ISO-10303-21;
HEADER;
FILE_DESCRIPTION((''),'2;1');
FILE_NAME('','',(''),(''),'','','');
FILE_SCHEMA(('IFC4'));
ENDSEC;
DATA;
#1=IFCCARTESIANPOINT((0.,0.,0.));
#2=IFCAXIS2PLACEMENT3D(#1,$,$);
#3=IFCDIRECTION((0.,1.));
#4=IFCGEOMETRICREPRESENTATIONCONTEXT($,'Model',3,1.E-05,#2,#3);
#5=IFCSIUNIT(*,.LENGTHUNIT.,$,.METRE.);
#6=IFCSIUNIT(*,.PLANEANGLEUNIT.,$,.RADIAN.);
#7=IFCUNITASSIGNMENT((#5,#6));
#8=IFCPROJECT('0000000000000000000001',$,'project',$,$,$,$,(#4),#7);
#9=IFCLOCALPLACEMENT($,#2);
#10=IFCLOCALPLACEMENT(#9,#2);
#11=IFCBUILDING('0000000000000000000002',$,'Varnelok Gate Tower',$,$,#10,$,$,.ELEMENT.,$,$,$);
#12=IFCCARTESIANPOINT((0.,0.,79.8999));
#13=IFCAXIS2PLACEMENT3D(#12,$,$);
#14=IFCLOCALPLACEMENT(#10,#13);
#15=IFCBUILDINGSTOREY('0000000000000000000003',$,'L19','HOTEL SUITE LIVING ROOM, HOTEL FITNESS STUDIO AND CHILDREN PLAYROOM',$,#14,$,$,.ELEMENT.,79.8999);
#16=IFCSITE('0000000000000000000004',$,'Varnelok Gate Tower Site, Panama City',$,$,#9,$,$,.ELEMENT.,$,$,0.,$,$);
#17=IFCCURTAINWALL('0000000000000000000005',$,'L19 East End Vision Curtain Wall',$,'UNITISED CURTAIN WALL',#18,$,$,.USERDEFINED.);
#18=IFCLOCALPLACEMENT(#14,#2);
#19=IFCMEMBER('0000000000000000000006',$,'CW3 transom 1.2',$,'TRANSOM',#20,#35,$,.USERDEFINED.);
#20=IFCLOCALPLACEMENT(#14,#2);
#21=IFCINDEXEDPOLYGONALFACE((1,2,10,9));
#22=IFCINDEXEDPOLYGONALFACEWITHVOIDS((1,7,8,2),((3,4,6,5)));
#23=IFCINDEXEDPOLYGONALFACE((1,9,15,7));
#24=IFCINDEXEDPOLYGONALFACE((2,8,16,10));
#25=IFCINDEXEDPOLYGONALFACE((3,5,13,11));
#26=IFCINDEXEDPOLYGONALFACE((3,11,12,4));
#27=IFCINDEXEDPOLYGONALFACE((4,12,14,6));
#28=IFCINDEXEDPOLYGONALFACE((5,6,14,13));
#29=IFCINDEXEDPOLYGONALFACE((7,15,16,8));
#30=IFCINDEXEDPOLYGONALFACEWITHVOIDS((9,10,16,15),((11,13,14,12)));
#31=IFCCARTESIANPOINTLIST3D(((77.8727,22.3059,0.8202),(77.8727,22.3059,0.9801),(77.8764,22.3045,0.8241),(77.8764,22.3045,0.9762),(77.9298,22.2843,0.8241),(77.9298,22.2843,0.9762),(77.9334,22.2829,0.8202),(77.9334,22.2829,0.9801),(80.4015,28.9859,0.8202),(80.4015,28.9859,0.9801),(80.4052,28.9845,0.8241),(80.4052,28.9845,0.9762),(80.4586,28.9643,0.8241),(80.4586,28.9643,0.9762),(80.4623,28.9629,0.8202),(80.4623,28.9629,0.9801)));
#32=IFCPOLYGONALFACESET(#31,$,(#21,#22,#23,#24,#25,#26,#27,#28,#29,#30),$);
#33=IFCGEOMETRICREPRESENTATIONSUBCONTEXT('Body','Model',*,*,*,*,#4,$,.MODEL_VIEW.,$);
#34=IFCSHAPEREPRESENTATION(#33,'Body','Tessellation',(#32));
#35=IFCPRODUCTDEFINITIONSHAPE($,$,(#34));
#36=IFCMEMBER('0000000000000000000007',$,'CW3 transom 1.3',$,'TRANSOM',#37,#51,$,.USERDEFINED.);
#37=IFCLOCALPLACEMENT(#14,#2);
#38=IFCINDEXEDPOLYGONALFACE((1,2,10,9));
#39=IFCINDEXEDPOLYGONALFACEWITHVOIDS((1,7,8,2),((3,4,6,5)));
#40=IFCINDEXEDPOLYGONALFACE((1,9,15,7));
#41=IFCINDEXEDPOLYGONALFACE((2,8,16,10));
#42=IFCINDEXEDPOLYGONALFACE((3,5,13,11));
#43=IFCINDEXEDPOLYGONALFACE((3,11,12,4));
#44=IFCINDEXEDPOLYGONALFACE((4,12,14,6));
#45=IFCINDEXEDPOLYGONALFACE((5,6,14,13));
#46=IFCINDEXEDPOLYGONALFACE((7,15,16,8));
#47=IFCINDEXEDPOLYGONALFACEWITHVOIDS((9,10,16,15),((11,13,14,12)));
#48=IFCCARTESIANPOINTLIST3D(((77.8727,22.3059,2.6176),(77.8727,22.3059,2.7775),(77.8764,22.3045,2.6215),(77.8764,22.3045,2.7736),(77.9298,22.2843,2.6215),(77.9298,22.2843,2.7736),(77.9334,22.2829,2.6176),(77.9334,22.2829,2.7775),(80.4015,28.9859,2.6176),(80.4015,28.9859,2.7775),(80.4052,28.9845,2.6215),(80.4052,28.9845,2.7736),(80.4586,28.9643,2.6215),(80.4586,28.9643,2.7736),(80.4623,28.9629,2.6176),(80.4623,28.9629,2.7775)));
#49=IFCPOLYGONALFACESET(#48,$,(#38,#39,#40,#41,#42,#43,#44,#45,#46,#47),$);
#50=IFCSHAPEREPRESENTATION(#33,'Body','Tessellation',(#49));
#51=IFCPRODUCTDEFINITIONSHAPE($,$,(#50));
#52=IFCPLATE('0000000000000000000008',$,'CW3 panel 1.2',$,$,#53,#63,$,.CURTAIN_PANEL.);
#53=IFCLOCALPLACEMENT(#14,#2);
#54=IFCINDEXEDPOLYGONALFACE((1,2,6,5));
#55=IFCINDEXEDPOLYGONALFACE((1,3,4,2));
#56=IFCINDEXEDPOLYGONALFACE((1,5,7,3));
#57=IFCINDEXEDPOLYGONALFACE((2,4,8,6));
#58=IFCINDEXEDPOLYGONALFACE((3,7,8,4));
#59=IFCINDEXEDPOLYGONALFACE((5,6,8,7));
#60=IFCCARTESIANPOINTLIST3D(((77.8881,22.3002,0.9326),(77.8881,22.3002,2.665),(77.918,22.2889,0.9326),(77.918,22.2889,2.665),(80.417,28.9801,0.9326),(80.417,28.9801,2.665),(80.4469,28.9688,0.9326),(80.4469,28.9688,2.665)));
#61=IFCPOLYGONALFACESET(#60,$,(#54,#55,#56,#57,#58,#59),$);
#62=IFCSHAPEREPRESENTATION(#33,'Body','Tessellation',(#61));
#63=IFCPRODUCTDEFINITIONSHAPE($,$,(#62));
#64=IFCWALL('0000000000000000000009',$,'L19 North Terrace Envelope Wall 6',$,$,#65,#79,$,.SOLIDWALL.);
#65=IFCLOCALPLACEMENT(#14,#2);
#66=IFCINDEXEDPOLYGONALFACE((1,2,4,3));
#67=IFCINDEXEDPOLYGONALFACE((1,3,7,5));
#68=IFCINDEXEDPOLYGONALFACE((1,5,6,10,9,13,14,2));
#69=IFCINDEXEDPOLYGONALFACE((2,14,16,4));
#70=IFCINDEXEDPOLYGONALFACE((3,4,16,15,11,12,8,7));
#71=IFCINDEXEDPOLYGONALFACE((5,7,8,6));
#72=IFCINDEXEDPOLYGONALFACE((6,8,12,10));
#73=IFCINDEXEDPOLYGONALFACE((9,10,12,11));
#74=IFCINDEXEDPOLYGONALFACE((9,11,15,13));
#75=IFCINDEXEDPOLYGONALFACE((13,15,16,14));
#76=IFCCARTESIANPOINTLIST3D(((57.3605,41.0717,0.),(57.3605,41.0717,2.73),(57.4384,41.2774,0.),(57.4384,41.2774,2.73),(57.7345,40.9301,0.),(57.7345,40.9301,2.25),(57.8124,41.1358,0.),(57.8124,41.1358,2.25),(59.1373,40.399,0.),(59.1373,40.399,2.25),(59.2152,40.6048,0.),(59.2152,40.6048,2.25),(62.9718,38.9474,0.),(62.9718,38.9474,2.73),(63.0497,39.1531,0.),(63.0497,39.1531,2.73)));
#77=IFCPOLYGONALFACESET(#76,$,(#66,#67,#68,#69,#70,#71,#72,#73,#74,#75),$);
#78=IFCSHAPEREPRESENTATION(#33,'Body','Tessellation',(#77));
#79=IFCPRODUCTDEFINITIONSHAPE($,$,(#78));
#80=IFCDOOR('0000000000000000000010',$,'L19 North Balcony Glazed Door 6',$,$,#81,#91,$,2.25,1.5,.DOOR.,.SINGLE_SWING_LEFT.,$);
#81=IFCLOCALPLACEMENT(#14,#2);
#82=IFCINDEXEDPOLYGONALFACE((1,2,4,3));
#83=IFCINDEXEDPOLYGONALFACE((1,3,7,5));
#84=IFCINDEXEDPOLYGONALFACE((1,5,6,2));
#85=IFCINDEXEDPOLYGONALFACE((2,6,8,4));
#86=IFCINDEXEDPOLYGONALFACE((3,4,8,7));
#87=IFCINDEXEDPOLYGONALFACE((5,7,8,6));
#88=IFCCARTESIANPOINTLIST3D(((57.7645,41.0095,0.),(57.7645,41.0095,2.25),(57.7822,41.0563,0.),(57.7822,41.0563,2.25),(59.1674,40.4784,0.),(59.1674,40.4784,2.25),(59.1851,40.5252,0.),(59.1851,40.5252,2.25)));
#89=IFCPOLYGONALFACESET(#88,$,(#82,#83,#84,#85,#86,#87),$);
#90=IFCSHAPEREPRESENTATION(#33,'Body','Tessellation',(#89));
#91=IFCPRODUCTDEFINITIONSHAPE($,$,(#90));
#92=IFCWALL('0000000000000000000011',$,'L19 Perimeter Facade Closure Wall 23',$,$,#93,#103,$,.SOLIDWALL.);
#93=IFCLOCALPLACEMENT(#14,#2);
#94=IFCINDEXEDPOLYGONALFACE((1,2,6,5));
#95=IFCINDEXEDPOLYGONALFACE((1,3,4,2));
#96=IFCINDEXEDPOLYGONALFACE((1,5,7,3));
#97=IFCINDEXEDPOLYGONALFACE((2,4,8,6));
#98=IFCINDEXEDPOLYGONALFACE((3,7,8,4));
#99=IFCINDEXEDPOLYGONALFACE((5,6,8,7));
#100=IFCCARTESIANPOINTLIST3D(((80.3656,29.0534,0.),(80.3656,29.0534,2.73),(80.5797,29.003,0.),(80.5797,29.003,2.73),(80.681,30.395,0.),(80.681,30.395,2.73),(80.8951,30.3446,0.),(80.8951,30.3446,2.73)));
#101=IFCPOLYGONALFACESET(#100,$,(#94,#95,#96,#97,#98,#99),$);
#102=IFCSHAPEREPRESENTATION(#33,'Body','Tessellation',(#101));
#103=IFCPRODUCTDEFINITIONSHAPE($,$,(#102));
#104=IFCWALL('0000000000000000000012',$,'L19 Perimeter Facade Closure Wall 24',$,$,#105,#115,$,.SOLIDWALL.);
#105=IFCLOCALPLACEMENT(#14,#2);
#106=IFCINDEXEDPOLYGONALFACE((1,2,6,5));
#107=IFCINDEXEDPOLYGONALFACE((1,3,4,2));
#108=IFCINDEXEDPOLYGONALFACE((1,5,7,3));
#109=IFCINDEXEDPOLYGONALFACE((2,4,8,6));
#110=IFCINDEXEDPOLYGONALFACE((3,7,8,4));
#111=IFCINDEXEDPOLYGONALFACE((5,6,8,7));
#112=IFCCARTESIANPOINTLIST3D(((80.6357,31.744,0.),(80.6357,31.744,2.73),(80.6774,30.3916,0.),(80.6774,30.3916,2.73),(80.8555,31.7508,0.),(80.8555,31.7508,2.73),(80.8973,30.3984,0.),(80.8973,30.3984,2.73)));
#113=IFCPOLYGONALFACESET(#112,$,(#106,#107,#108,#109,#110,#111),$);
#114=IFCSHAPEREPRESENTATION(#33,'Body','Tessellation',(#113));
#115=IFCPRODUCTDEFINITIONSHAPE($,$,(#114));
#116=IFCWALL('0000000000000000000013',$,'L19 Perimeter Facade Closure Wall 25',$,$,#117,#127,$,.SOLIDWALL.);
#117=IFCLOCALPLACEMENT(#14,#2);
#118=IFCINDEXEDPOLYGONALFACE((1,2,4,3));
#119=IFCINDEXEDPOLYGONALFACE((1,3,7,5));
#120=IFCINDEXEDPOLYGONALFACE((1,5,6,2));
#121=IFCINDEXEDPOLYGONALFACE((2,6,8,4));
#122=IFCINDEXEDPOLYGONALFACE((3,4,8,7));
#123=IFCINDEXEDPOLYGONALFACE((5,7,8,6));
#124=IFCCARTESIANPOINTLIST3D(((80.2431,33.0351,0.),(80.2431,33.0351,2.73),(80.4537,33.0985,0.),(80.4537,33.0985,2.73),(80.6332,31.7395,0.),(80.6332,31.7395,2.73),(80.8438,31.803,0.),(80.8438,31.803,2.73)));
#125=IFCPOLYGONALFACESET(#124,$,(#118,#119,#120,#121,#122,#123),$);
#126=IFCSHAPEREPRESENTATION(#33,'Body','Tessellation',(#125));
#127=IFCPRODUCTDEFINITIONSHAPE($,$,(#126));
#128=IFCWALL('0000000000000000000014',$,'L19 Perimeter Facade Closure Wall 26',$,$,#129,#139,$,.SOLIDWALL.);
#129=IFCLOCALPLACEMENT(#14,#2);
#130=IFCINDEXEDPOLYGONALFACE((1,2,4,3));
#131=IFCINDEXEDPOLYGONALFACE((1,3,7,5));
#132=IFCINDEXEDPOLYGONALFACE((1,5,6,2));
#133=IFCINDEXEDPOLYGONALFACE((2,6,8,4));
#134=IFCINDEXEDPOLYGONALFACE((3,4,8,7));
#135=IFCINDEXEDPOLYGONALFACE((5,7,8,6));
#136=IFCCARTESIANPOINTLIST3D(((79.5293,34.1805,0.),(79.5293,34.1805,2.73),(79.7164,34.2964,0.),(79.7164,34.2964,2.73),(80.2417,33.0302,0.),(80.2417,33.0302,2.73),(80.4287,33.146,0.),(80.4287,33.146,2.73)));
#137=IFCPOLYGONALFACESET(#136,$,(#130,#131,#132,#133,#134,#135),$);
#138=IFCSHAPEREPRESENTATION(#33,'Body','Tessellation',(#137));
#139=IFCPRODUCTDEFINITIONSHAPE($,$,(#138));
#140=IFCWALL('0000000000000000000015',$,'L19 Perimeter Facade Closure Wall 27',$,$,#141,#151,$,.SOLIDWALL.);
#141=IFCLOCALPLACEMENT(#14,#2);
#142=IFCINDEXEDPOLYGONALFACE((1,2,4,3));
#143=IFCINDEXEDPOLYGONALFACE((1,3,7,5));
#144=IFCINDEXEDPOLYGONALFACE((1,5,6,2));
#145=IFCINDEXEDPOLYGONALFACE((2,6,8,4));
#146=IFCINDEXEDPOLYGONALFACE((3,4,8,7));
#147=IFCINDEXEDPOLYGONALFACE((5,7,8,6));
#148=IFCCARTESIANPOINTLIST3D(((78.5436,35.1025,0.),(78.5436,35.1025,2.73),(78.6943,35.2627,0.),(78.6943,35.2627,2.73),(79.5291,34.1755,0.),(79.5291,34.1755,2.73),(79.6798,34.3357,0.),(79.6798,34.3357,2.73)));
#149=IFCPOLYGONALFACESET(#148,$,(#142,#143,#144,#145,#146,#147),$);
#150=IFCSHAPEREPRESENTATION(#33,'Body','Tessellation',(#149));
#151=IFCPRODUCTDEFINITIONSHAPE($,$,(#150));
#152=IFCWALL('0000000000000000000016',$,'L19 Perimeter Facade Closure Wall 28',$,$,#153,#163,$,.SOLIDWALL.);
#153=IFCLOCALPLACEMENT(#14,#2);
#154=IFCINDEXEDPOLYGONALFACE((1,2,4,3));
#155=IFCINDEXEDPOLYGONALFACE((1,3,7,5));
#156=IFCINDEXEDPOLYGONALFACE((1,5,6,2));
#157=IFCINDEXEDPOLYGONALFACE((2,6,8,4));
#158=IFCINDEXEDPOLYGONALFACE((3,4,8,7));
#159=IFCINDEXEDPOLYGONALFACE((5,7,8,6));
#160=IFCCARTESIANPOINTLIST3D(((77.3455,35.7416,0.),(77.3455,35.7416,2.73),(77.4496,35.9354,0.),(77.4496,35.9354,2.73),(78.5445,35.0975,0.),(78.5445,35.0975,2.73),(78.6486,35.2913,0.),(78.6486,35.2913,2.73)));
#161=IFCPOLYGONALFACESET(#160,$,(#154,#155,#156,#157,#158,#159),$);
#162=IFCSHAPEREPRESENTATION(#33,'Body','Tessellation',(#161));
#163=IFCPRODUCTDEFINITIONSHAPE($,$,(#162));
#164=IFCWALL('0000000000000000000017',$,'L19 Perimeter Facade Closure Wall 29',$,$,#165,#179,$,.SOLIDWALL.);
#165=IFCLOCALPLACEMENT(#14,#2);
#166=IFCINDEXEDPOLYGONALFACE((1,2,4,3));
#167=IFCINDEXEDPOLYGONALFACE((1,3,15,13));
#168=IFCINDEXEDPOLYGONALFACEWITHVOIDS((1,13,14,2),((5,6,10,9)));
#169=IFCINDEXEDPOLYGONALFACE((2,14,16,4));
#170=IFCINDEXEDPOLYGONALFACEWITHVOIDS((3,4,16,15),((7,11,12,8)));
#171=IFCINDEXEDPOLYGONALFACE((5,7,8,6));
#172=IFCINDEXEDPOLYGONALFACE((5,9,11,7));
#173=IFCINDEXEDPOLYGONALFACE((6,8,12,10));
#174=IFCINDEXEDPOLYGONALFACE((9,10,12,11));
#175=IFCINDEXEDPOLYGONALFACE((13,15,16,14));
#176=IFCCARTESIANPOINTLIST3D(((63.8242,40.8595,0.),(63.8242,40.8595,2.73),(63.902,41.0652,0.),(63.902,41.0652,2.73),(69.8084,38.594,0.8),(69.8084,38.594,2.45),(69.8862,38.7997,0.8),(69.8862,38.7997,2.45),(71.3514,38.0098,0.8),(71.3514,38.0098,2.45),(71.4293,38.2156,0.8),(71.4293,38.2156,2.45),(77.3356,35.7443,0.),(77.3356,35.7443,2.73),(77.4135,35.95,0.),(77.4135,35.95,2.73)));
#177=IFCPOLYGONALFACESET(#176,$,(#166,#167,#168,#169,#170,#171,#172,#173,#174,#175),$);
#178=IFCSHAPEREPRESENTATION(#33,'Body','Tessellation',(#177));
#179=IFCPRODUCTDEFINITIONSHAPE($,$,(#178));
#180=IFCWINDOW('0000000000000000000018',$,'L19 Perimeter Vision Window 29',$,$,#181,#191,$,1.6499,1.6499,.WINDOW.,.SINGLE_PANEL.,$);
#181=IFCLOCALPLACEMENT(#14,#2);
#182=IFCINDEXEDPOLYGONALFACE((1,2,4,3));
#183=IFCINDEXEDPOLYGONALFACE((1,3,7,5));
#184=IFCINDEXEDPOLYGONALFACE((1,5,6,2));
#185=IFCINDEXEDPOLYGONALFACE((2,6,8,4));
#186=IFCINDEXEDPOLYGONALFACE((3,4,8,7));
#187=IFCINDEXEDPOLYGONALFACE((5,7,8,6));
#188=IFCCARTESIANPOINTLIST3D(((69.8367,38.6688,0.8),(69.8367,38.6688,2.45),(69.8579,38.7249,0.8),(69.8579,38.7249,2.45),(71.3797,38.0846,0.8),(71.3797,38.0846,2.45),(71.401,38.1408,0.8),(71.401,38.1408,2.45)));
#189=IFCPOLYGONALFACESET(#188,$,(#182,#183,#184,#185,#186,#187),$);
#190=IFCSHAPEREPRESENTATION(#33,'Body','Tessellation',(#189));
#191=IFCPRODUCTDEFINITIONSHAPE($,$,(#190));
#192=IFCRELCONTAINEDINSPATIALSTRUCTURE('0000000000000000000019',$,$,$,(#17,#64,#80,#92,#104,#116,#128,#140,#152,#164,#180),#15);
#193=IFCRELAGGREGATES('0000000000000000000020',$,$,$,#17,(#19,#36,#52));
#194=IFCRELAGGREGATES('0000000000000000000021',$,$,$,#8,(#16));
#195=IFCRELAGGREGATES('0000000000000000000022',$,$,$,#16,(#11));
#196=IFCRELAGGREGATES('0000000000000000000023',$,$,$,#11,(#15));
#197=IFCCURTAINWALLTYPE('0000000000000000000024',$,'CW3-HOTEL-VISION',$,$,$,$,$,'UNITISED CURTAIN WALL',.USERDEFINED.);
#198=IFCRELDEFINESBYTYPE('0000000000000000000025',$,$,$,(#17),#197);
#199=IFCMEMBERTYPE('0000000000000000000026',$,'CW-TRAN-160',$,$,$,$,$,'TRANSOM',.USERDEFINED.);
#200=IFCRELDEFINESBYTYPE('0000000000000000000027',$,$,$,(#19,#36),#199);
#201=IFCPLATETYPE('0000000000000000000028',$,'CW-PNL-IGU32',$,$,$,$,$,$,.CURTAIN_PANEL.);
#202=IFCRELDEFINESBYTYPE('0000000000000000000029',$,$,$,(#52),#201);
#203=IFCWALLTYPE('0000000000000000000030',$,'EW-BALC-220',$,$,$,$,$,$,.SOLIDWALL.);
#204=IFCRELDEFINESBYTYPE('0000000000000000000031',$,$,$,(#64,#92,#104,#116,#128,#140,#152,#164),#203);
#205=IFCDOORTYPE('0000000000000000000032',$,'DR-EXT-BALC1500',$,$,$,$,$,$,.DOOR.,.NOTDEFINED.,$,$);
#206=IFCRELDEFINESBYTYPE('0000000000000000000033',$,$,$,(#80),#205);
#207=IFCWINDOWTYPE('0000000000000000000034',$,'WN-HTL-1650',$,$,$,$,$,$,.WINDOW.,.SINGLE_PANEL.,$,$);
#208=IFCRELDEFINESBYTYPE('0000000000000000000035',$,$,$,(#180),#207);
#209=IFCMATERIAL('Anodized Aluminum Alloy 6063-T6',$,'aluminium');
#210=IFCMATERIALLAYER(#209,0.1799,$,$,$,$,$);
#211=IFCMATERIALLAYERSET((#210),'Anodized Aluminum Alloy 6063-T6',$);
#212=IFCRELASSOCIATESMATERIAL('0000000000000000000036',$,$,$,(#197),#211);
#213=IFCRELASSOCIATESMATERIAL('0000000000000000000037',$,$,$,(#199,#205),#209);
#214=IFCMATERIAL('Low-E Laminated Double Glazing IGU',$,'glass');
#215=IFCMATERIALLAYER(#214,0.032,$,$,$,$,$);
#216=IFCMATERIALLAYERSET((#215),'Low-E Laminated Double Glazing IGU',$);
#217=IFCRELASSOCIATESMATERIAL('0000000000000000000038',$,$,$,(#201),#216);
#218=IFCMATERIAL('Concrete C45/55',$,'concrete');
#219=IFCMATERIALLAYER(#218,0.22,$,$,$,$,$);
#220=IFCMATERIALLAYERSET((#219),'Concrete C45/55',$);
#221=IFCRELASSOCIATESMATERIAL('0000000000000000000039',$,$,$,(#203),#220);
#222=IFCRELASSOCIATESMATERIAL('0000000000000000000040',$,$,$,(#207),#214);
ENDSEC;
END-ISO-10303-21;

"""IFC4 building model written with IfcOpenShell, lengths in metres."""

from ifc_helpers import new_model, si_unit, direction, frame, frame_2d, origin, origin_2d, place, context, subcontext, project, spatial, rectangle, hollow_rectangle, extrude, source, transform, mapped, material, layer, layer_set, material_profile, profile_set, type_object, element, fill, aggregate, save


model = new_model("IFC4")

# Units and contexts
model_context = context("Model", 3, precision=1e-05, world=origin(), true_north=direction((0.0, 1.0)))
body_context = subcontext(model_context, "Body", "Model", "MODEL_VIEW")
ifc_project = project(units=[si_unit("LENGTHUNIT", "METRE"), si_unit("PLANEANGLEUNIT", "RADIAN")], contexts=[model_context])

# Site, building, storey
site_placement = place(None, origin())
site = spatial("IfcSite", under=ifc_project, at=site_placement, Name="Varnelok Gate Tower Site, Panama City", CompositionType="ELEMENT", RefElevation=0.0)
building_placement = place(site_placement, origin())
building = spatial("IfcBuilding", under=site, at=building_placement, Name="Varnelok Gate Tower", CompositionType="ELEMENT")
storey_placement = place(building_placement, frame((0.0, 0.0, 79.8999)))
storey = spatial("IfcBuildingStorey", under=building, at=storey_placement, Name="L19", Description="HOTEL SUITE LIVING ROOM, HOTEL FITNESS STUDIO AND CHILDREN PLAYROOM", CompositionType="ELEMENT", Elevation=79.8999)

# Curtain wall, members, plate
ifc_material_1 = material(Name="Anodized Aluminum Alloy 6063-T6", Category="aluminium")
ifc_layer_1 = layer(ifc_material_1, 0.1799)
ifc_layer_set_1 = layer_set([ifc_layer_1], Name="Anodized Aluminum Alloy 6063-T6")
curtain_wall_type = type_object("IfcCurtainWallType", Name="CW3-HOTEL-VISION", ElementType="UNITISED CURTAIN WALL", PredefinedType="USERDEFINED", material=ifc_layer_set_1)
curtain_wall_placement = place(storey_placement, origin())
curtain_wall = element("IfcCurtainWall", 1, at=curtain_wall_placement, inside=storey, type_object=curtain_wall_type, Name="L19 East End Vision Curtain Wall", ObjectType="UNITISED CURTAIN WALL", PredefinedType="USERDEFINED")
ifc_material_profile_1 = material_profile(ifc_material_1, hollow_rectangle(XDim=0.0649, YDim=0.1599, WallThickness=0.0039, at=origin_2d()), Name="ALU160X65X4")
ifc_profile_set_1 = profile_set([ifc_material_profile_1], Name="Anodized Aluminum Alloy 6063-T6")
member_type_1 = type_object("IfcMemberType", Name="CW-TRAN-160", ElementType="TRANSOM", PredefinedType="USERDEFINED", material=ifc_profile_set_1)
member_1_placement = place(storey_placement, frame((80.4319, 28.9744, 0.9001), z_axis=(-0.354047, -0.935228, 0.0), x_axis=(0.935228, -0.354047, 0.0)))
member_1 = element("IfcMember", 2, at=member_1_placement, type_object=member_type_1, Name="CW3 transom 1.2", ObjectType="TRANSOM", PredefinedType="USERDEFINED", context=body_context, shape_type="SweptSolid", body=[
    extrude(hollow_rectangle(XDim=0.0649, YDim=0.1599, WallThickness=0.0039, at=origin_2d()), origin(), (0.0, 0.0, 1.0), 7.1426),
])
member_2_placement = place(storey_placement, frame((80.4319, 28.9744, 2.6975), z_axis=(-0.354047, -0.935228, 0.0), x_axis=(0.935228, -0.354047, 0.0)))
member_2 = element("IfcMember", 3, at=member_2_placement, type_object=member_type_1, Name="CW3 transom 1.3", ObjectType="TRANSOM", PredefinedType="USERDEFINED", context=body_context, shape_type="SweptSolid", body=[
    extrude(hollow_rectangle(XDim=0.0649, YDim=0.1599, WallThickness=0.0039, at=origin_2d()), origin(), (0.0, 0.0, 1.0), 7.1426),
])
ifc_material_2 = material(Name="Low-E Laminated Double Glazing IGU", Category="glass")
ifc_layer_2 = layer(ifc_material_2, 0.032)
ifc_layer_set_2 = layer_set([ifc_layer_2], Name="Low-E Laminated Double Glazing IGU")
plate_type = type_object("IfcPlateType", Name="CW-PNL-IGU32", PredefinedType="CURTAIN_PANEL", material=ifc_layer_set_2)
shared_shape_1 = source(origin(), body_context, "Body", "SweptSolid", [
    extrude(rectangle(XDim=7.1426, YDim=0.032, at=origin_2d()), origin(), (0.0, 0.0, 1.0), 1.7324),
])
plate_placement = place(storey_placement, frame((79.1675, 25.6345, 0.9326), z_axis=(0.0, 0.0, 1.0), x_axis=(-0.354064, -0.935221, 0.0)))
plate = element("IfcPlate", 4, at=plate_placement, type_object=plate_type, Name="CW3 panel 1.2", PredefinedType="CURTAIN_PANEL", context=body_context, shape_type="MappedRepresentation", body=[
    mapped(shared_shape_1, transform((0.0, 0.0, 0.0), scale=1.0)),
])
aggregate(curtain_wall, [member_1, member_2, plate])

# Wall, opening, door
ifc_material_3 = material(Name="Concrete C45/55", Category="concrete")
ifc_layer_3 = layer(ifc_material_3, 0.22)
ifc_layer_set_3 = layer_set([ifc_layer_3], Name="Concrete C45/55")
wall_type = type_object("IfcWallType", Name="EW-BALC-220", PredefinedType="SOLIDWALL", material=ifc_layer_set_3)
wall_1_placement = place(storey_placement, frame((57.3994, 41.1746, 0.0), z_axis=(0.0, 0.0, 1.0), x_axis=(0.935228, -0.354047, 0.0)))
wall_1 = element("IfcWall", 5, at=wall_1_placement, inside=storey, type_object=wall_type, Name="L19 North Terrace Envelope Wall 6", PredefinedType="SOLIDWALL", context=body_context, shape_type="SweptSolid", body=[
    extrude(rectangle(XDim=6.0, YDim=0.22, at=frame_2d((3.0, 0.0))), origin(), (0.0, 0.0, 1.0), 2.73),
])
opening_1_placement = place(wall_1_placement, frame((0.3999, 0.0, 0.0)))
opening_1 = element("IfcOpeningElement", 6, at=opening_1_placement, cuts=wall_1, PredefinedType="OPENING", context=body_context, shape_type="SweptSolid", body=[
    extrude(rectangle(XDim=1.5, YDim=2.25, at=frame_2d((0.75, 1.125))), frame((0.0, 0.1199, 0.0), z_axis=(0.0, -1.0, 0.0), x_axis=(1.0, 0.0, 0.0)), (0.0, 0.0, 1.0), 0.24),
])
door_type = type_object("IfcDoorType", Name="DR-EXT-BALC1500", OperationType="NOTDEFINED", PredefinedType="DOOR", material=ifc_material_1)
door_placement = place(opening_1_placement, origin())
door = element("IfcDoor", 7, at=door_placement, inside=storey, type_object=door_type, Name="L19 North Balcony Glazed Door 6", OperationType="SINGLE_SWING_LEFT", OverallHeight=2.25, OverallWidth=1.5, PredefinedType="DOOR", context=body_context, shape_type="SweptSolid", body=[
    extrude(rectangle(XDim=1.5, YDim=2.25, at=frame_2d((0.75, 1.125))), frame((0.0, 0.0249, 0.0), z_axis=(0.0, -1.0, 0.0), x_axis=(1.0, 0.0, 0.0)), (0.0, 0.0, 1.0), 0.05),
])
fill(opening_1, door)

# Walls
wall_2_placement = place(storey_placement, frame((80.4727, 29.0283, 0.0), z_axis=(0.0, 0.0, 1.0), x_axis=(0.228881, 0.973454, 0.0)))
element("IfcWall", 8, at=wall_2_placement, inside=storey, type_object=wall_type, Name="L19 Perimeter Facade Closure Wall 23", PredefinedType="SOLIDWALL", context=body_context, shape_type="SweptSolid", body=[
    extrude(rectangle(XDim=1.3782, YDim=0.22, at=frame_2d((0.689, 0.0))), origin(), (0.0, 0.0, 1.0), 2.73),
])
for number, where, z_axis, x_axis, name in (
    (9, (80.7874, 30.395, 0.0), (0.0, 0.0, 1.0), (-0.030857, 0.999524, 0.0), "L19 Perimeter Facade Closure Wall 24"),
    (10, (80.7385, 31.7712, 0.0), (0.0, 0.0, 1.0), (-0.288324, 0.957533, 0.0), "L19 Perimeter Facade Closure Wall 25"),
    (11, (80.3352, 33.0881, 0.0), (0.0, 0.0, 1.0), (-0.526491, 0.850181, 0.0), "L19 Perimeter Facade Closure Wall 26"),
    (12, (79.6045, 34.2556, 0.0), (0.0, 0.0, 1.0), (-0.728428, 0.685123, 0.0), "L19 Perimeter Facade Closure Wall 27"),
):
    element("IfcWall", number, at=place(storey_placement, frame(where, z_axis=z_axis, x_axis=x_axis)), inside=storey, type_object=wall_type, Name=name, PredefinedType="SOLIDWALL", context=body_context, shape_type="SweptSolid", body=[
        extrude(rectangle(XDim=1.353, YDim=0.22, at=frame_2d((0.6765, 0.0))), origin(), (0.0, 0.0, 1.0), 2.73),
    ])
wall_3_placement = place(storey_placement, frame((78.5967, 35.1943, 0.0), z_axis=(0.0, 0.0, 1.0), x_axis=(-0.880949, 0.473212, 0.0)))
element("IfcWall", 13, at=wall_3_placement, inside=storey, type_object=wall_type, Name="L19 Perimeter Facade Closure Wall 28", PredefinedType="SOLIDWALL", context=body_context, shape_type="SweptSolid", body=[
    extrude(rectangle(XDim=1.3611, YDim=0.22, at=frame_2d((0.6807, 0.0))), origin(), (0.0, 0.0, 1.0), 2.73),
])

# Wall, opening, window
wall_4_placement = place(storey_placement, frame((77.3745, 35.8472, 0.0), z_axis=(0.0, 0.0, 1.0), x_axis=(-0.935222, 0.354061, 0.0)))
wall_4 = element("IfcWall", 14, at=wall_4_placement, inside=storey, type_object=wall_type, Name="L19 Perimeter Facade Closure Wall 29", PredefinedType="SOLIDWALL", context=body_context, shape_type="SweptSolid", body=[
    extrude(rectangle(XDim=14.4473, YDim=0.22, at=frame_2d((7.2236, 0.0))), origin(), (0.0, 0.0, 1.0), 2.73),
])
opening_2_placement = place(wall_4_placement, frame((6.3987, 0.0, 0.8)))
opening_2 = element("IfcOpeningElement", 15, at=opening_2_placement, cuts=wall_4, PredefinedType="OPENING", context=body_context, shape_type="SweptSolid", body=[
    extrude(rectangle(XDim=1.6499, YDim=1.6499, at=frame_2d((0.825, 0.825))), frame((0.0, 0.1199, 0.0), z_axis=(0.0, -1.0, 0.0), x_axis=(1.0, 0.0, 0.0)), (0.0, 0.0, 1.0), 0.24),
])
window_type = type_object("IfcWindowType", Name="WN-HTL-1650", PartitioningType="SINGLE_PANEL", PredefinedType="WINDOW", material=ifc_material_2)
window_1_placement = place(opening_2_placement, origin())
window_1 = element("IfcWindow", 16, at=window_1_placement, inside=storey, type_object=window_type, Name="L19 Perimeter Vision Window 29", OverallHeight=1.6499, OverallWidth=1.6499, PartitioningType="SINGLE_PANEL", PredefinedType="WINDOW", context=body_context, shape_type="SweptSolid", body=[
    extrude(rectangle(XDim=1.6499, YDim=1.6499, at=frame_2d((0.825, 0.825))), frame((0.0, 0.03, 0.0), z_axis=(0.0, -1.0, 0.0), x_axis=(1.0, 0.0, 0.0)), (0.0, 0.0, 1.0), 0.0601),
])
fill(opening_2, window_1)

save(model, "model.ifc")
